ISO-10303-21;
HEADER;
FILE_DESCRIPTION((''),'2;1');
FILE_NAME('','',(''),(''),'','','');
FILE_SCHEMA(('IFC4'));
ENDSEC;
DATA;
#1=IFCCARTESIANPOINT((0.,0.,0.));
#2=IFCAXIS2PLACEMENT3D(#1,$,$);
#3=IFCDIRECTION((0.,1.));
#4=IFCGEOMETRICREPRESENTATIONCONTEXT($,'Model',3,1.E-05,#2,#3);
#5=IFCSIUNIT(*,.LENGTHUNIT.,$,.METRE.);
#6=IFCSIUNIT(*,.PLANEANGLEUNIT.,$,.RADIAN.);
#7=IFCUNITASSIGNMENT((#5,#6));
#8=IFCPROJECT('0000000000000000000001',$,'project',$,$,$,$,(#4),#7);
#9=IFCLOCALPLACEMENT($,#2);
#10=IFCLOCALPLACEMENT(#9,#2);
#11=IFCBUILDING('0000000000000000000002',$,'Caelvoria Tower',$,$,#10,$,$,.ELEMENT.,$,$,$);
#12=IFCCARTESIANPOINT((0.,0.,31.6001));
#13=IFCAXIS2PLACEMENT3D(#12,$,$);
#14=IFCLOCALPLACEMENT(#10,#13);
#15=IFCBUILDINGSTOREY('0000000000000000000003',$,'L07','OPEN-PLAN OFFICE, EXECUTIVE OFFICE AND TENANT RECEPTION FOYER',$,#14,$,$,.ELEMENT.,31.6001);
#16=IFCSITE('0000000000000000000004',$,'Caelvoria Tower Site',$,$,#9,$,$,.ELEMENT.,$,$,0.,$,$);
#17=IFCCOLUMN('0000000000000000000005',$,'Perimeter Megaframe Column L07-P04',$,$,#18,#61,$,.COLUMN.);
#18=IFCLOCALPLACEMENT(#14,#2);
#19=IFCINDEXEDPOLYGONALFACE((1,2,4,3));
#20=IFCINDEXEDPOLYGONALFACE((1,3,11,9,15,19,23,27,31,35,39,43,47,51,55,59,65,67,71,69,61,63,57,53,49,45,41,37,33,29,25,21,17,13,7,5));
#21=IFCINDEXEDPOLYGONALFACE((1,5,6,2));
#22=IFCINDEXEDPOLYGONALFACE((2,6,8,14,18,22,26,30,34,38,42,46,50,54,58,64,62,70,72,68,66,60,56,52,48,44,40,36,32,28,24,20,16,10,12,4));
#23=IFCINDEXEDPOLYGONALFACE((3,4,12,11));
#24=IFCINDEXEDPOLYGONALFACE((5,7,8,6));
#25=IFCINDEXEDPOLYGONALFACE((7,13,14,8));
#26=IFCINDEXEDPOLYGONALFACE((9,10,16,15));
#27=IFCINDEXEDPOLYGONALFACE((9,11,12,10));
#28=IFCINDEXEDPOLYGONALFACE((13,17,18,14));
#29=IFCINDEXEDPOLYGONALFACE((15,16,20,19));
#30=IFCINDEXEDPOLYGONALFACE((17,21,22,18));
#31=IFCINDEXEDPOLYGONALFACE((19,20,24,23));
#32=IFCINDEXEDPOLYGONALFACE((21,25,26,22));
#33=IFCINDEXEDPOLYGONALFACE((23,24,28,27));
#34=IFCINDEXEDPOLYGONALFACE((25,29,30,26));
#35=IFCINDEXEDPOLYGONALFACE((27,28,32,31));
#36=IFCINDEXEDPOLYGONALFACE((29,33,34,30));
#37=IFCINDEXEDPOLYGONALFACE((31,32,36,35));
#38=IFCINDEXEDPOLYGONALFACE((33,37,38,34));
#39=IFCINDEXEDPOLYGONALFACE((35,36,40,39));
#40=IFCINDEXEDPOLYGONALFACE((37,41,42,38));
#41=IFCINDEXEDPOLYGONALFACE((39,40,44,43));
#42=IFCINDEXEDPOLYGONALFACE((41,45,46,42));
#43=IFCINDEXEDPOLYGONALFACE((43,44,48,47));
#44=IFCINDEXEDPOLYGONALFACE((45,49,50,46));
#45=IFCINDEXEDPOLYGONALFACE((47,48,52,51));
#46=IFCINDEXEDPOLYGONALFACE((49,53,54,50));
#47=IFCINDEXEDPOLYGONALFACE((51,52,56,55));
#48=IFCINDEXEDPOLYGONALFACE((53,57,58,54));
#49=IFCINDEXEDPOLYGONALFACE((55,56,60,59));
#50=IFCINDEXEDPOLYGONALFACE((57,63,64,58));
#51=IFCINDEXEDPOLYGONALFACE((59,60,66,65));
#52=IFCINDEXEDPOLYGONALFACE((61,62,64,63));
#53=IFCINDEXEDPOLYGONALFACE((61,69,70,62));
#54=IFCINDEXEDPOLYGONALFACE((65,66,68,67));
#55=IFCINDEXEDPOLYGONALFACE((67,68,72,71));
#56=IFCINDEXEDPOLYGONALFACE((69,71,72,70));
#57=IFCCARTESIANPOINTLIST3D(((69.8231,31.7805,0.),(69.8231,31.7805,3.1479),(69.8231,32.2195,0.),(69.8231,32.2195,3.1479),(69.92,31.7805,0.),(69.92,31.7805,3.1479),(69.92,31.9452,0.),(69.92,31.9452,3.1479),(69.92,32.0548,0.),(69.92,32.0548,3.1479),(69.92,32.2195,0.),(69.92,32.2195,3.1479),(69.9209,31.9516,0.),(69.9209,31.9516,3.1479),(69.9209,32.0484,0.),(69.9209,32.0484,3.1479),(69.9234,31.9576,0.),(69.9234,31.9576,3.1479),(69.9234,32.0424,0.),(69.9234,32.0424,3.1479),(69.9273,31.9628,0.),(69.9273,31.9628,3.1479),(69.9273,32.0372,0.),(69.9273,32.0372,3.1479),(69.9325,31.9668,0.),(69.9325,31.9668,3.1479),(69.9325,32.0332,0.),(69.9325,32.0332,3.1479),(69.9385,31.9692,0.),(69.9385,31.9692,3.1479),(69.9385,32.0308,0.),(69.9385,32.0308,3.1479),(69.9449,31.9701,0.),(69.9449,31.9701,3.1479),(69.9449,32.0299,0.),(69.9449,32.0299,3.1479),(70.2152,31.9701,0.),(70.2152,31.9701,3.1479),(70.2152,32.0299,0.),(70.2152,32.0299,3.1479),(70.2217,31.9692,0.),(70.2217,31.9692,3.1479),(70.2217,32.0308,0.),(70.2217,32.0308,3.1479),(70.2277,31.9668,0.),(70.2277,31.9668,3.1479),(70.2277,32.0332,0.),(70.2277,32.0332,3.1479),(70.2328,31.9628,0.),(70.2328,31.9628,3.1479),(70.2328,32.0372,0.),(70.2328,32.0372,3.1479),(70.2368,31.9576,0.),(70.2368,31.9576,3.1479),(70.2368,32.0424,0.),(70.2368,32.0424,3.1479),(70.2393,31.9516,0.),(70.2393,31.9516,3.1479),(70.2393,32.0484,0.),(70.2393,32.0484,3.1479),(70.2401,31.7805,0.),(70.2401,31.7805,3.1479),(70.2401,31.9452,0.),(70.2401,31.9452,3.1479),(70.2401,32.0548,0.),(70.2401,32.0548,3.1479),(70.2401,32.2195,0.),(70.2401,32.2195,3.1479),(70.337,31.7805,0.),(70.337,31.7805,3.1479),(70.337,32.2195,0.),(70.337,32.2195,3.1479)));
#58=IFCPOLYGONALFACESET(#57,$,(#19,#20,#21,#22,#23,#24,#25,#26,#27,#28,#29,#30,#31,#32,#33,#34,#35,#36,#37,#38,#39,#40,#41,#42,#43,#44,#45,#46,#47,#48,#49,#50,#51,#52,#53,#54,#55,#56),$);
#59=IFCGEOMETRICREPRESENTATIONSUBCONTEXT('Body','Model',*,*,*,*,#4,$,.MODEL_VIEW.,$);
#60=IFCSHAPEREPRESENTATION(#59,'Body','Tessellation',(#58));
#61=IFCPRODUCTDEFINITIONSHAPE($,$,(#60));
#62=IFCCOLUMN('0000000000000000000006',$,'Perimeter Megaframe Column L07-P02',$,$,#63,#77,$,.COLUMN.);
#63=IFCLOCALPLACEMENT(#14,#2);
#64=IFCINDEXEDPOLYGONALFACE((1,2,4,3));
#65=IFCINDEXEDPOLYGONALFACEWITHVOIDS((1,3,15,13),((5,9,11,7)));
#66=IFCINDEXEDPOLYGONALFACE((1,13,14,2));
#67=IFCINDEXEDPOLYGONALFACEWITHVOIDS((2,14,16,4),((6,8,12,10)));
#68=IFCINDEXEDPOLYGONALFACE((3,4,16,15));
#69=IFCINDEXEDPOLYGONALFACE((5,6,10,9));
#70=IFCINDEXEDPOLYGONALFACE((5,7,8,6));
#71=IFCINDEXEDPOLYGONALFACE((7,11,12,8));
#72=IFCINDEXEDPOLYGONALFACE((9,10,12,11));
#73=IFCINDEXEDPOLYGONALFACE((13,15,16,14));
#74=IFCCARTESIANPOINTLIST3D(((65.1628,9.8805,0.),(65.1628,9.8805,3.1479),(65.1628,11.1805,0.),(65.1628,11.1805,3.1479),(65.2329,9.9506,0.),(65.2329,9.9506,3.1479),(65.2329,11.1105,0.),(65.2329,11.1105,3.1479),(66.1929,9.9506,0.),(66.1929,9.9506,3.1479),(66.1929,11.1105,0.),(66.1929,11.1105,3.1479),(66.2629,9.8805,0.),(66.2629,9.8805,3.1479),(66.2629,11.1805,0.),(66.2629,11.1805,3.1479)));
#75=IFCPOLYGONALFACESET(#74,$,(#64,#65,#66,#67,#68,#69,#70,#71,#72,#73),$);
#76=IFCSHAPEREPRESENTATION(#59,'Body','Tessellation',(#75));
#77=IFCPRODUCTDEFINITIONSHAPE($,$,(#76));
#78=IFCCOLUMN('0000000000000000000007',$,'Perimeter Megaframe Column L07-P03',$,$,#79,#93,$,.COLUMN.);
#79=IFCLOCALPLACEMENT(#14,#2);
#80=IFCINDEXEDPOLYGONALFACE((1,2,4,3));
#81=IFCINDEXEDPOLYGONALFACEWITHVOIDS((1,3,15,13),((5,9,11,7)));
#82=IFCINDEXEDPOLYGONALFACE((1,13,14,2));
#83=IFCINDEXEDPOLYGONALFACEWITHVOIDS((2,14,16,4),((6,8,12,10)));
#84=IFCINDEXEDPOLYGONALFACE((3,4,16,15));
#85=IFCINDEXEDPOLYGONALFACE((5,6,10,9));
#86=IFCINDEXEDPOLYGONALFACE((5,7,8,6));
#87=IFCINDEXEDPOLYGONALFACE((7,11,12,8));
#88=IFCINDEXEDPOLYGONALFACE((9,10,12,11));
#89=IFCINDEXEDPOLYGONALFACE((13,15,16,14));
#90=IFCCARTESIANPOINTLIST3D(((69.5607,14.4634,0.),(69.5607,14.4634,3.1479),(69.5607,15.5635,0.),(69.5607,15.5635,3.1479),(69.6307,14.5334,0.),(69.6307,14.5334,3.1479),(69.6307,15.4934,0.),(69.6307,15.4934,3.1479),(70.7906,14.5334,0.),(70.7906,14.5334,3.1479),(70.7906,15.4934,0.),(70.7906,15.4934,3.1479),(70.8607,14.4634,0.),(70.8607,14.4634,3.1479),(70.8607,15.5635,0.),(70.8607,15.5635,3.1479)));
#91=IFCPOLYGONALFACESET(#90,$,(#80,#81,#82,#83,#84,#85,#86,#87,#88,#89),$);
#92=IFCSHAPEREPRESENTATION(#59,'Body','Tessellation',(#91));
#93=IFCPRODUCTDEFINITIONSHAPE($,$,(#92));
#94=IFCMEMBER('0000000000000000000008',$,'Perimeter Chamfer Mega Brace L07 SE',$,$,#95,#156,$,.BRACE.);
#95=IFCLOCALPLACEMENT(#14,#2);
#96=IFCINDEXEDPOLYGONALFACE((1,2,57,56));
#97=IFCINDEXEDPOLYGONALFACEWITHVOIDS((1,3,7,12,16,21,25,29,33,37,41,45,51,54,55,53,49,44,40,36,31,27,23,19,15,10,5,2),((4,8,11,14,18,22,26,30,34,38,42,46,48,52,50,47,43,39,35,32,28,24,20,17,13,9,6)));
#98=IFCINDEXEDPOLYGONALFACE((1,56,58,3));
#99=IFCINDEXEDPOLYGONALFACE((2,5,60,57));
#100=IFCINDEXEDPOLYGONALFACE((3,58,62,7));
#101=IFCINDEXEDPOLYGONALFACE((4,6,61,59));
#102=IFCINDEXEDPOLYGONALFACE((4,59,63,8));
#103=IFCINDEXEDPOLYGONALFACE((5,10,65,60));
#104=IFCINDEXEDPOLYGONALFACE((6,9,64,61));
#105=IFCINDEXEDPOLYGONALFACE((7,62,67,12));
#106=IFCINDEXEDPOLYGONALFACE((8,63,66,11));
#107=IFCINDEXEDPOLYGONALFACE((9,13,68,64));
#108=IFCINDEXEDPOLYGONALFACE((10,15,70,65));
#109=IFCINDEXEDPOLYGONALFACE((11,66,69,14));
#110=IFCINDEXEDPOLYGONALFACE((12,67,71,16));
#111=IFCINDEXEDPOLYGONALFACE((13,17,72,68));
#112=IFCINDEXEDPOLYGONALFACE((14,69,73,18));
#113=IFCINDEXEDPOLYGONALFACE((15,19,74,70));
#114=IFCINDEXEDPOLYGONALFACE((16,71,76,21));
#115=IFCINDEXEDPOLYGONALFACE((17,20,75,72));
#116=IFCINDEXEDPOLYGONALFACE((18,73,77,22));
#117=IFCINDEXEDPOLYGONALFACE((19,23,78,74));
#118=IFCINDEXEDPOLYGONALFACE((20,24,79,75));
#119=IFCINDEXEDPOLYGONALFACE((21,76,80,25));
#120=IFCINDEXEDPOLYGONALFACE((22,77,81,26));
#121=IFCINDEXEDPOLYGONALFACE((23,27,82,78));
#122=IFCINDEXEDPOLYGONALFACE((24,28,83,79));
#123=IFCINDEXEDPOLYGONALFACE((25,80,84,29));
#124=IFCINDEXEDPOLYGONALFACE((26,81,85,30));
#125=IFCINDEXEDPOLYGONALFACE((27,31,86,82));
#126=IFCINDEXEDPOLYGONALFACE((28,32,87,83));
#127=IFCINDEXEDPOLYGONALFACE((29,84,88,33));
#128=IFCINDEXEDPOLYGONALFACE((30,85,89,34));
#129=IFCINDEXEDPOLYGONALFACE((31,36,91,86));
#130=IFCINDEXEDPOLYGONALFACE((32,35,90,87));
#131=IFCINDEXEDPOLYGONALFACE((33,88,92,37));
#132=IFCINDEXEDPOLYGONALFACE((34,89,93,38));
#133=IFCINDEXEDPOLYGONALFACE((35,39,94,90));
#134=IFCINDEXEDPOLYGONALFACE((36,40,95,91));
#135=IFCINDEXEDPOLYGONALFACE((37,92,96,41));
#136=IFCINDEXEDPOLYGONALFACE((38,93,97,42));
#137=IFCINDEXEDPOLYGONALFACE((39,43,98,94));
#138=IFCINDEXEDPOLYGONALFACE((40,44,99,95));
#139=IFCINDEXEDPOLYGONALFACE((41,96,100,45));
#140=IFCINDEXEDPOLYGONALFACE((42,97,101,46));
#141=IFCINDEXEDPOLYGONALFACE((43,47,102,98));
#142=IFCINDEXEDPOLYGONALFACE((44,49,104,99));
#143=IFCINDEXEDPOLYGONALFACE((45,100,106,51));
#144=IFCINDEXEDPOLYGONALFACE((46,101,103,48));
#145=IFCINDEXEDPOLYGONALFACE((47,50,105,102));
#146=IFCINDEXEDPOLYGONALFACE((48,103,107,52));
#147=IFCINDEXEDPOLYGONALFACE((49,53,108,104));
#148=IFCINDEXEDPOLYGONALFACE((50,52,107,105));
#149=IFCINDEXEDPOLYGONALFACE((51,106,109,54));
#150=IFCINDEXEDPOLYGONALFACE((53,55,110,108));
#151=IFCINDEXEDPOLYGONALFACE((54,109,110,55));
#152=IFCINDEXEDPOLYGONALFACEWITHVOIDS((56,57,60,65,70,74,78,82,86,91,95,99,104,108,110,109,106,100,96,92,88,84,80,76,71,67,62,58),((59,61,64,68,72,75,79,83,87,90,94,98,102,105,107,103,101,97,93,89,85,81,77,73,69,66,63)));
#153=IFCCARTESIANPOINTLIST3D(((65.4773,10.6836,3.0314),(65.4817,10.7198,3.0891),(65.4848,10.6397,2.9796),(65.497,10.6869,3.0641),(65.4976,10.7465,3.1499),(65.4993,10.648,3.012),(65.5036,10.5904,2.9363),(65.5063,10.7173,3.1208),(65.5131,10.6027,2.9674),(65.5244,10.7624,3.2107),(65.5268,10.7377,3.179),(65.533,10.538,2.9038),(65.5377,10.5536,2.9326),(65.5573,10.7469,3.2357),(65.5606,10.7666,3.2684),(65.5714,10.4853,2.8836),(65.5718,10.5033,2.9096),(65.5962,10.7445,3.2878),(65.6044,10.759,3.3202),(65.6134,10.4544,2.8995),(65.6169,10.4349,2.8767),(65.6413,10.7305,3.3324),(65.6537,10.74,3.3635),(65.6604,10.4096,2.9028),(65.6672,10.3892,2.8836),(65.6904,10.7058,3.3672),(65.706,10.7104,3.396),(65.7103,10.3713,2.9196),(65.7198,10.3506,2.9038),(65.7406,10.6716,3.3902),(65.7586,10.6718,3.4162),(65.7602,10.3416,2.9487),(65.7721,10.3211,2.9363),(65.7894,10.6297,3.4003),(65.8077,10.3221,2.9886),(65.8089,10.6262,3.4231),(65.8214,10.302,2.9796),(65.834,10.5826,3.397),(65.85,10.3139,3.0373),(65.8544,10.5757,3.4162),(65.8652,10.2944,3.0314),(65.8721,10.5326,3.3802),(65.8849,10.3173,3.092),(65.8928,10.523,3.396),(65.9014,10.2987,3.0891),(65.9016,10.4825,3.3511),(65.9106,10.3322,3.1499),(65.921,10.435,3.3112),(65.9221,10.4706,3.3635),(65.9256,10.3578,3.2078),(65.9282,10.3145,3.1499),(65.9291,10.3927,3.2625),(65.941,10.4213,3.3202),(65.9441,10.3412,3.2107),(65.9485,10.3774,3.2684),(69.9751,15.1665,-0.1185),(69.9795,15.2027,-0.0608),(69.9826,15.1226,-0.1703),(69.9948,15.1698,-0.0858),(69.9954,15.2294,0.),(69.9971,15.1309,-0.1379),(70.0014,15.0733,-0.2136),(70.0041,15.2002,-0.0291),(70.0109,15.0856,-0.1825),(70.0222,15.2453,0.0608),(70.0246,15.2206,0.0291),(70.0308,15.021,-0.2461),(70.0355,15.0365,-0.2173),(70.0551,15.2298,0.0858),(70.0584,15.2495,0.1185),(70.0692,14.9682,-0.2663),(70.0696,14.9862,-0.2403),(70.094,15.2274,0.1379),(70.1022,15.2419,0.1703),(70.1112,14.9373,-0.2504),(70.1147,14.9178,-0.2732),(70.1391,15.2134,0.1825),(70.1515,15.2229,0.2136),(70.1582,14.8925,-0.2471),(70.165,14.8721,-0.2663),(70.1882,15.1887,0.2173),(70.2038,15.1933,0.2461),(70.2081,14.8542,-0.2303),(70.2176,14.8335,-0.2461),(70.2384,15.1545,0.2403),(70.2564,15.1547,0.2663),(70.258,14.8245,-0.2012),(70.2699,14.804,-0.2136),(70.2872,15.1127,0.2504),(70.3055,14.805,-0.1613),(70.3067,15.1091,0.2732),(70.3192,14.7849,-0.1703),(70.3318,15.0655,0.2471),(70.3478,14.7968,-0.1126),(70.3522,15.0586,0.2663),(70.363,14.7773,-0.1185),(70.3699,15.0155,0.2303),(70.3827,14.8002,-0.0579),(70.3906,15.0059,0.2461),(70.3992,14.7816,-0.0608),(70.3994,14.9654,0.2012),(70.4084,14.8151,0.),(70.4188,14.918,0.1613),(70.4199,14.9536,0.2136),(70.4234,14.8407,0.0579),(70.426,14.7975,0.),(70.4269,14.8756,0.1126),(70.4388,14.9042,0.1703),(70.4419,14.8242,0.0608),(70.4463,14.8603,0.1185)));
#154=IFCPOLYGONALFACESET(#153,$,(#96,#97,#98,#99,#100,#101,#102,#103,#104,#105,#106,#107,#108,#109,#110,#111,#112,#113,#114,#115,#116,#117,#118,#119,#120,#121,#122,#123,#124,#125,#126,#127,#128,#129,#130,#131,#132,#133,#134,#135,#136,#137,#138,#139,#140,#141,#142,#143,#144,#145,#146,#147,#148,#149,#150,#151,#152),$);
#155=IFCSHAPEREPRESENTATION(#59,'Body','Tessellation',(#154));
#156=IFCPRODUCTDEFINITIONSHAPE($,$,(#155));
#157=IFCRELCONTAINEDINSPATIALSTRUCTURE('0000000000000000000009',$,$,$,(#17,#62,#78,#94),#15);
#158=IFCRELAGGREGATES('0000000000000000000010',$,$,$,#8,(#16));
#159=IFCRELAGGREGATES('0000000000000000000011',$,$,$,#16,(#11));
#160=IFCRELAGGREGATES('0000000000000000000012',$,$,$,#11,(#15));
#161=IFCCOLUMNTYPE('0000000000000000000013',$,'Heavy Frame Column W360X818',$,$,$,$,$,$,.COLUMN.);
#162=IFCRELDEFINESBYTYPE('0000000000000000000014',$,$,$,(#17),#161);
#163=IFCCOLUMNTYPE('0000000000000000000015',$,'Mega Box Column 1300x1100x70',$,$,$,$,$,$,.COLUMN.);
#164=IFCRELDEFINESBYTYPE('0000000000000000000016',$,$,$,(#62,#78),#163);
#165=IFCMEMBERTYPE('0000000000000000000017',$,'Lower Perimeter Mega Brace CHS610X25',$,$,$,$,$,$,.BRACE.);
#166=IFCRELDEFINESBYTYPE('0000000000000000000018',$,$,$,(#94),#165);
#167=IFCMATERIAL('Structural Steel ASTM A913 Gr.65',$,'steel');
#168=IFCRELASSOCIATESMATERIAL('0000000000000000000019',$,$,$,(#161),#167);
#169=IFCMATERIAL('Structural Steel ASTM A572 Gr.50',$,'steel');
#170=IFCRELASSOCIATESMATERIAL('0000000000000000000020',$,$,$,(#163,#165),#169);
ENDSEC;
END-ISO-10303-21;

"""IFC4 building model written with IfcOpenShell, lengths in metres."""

from ifc_helpers import new_model, si_unit, direction, frame, origin, origin_2d, place, context, subcontext, project, spatial, hollow_rectangle, hollow_circle, i_section, extrude, material, material_profile, profile_set, type_object, element, save


model = new_model("IFC4")

# Units and contexts
model_context = context("Model", 3, precision=1e-05, world=origin(), true_north=direction((0.0, 1.0)))
body_context = subcontext(model_context, "Body", "Model", "MODEL_VIEW")
ifc_project = project(units=[si_unit("LENGTHUNIT", "METRE"), si_unit("PLANEANGLEUNIT", "RADIAN")], contexts=[model_context])

# Site, building, storey
site_placement = place(None, origin())
site = spatial("IfcSite", under=ifc_project, at=site_placement, Name="Caelvoria Tower Site", CompositionType="ELEMENT", RefElevation=0.0)
building_placement = place(site_placement, origin())
building = spatial("IfcBuilding", under=site, at=building_placement, Name="Caelvoria Tower", CompositionType="ELEMENT")
storey_placement = place(building_placement, frame((0.0, 0.0, 31.6001)))
storey = spatial("IfcBuildingStorey", under=building, at=storey_placement, Name="L07", Description="OPEN-PLAN OFFICE, EXECUTIVE OFFICE AND TENANT RECEPTION FOYER", CompositionType="ELEMENT", Elevation=31.6001)

# Columns
ifc_material_1 = material(Name="Structural Steel ASTM A913 Gr.65", Category="steel")
ifc_material_profile_1 = material_profile(ifc_material_1, i_section(OverallWidth=0.439, OverallDepth=0.5139, WebThickness=0.0598, FlangeThickness=0.0969, FilletRadius=0.0249, at=origin_2d()), Name="Structural Steel ASTM A913 Gr.65")
ifc_profile_set_1 = profile_set([ifc_material_profile_1], Name="W360X818 - Structural Steel ASTM A913 Gr.65")
column_type_1 = type_object("IfcColumnType", Name="Heavy Frame Column W360X818", PredefinedType="COLUMN", material=ifc_profile_set_1)
column_placement = place(storey_placement, frame((70.0801, 32.0, 0.0), z_axis=(0.0, 0.0, 1.0), x_axis=(0.0, 1.0, 0.0)))
element("IfcColumn", 1, at=column_placement, inside=storey, type_object=column_type_1, Name="Perimeter Megaframe Column L07-P04", PredefinedType="COLUMN", context=body_context, shape_type="SweptSolid", body=[
    extrude(i_section(OverallWidth=0.439, OverallDepth=0.5139, WebThickness=0.0598, FlangeThickness=0.0969, FilletRadius=0.0249, at=origin_2d()), origin(), (0.0, 0.0, 1.0), 3.1479),
])
ifc_material_2 = material(Name="Structural Steel ASTM A572 Gr.50", Category="steel")
ifc_material_profile_2 = material_profile(ifc_material_2, hollow_rectangle(XDim=1.1001, YDim=1.3, WallThickness=0.0701, at=origin_2d()), Name="Structural Steel ASTM A572 Gr.50")
ifc_profile_set_2 = profile_set([ifc_material_profile_2], Name="BOX1300X1100X70 - Structural Steel ASTM A572 Gr.50")
column_type_2 = type_object("IfcColumnType", Name="Mega Box Column 1300x1100x70", PredefinedType="COLUMN", material=ifc_profile_set_2)
for number, where, z_axis, x_axis, name in (
    (2, (65.7129, 10.5305, 0.0), (0.0, 0.0, 1.0), (1.0, 0.0, 0.0), "Perimeter Megaframe Column L07-P02"),
    (3, (70.2107, 15.0134, 0.0), (0.0, 0.0, 1.0), (0.0, 1.0, 0.0), "Perimeter Megaframe Column L07-P03"),
):
    element("IfcColumn", number, at=place(storey_placement, frame(where, z_axis=z_axis, x_axis=x_axis)), inside=storey, type_object=column_type_2, Name=name, PredefinedType="COLUMN", context=body_context, shape_type="SweptSolid", body=[
        extrude(hollow_rectangle(XDim=1.1001, YDim=1.3, WallThickness=0.0701, at=origin_2d()), origin(), (0.0, 0.0, 1.0), 3.1479),
    ])

# Member
ifc_material_profile_3 = material_profile(ifc_material_2, hollow_circle(Radius=0.3049, WallThickness=0.0249, at=origin_2d()), Name="Structural Steel ASTM A572 Gr.50")
ifc_profile_set_3 = profile_set([ifc_material_profile_3], Name="CHS610X25 - Structural Steel ASTM A572 Gr.50")
member_type = type_object("IfcMemberType", Name="Lower Perimeter Mega Brace CHS610X25", PredefinedType="BRACE", material=ifc_profile_set_3)
member_placement = place(storey_placement, frame((70.2107, 15.0134, 0.0), z_axis=(-0.63451, -0.632409, 0.44436), x_axis=(0.705933, -0.708278, 0.0)))
element("IfcMember", 4, at=member_placement, inside=storey, type_object=member_type, Name="Perimeter Chamfer Mega Brace L07 SE", PredefinedType="BRACE", context=body_context, shape_type="SweptSolid", body=[
    extrude(hollow_circle(Radius=0.3049, WallThickness=0.0249, at=origin_2d()), origin(), (0.0, 0.0, 1.0), 7.0886),
])

save(model, "model.ifc")
